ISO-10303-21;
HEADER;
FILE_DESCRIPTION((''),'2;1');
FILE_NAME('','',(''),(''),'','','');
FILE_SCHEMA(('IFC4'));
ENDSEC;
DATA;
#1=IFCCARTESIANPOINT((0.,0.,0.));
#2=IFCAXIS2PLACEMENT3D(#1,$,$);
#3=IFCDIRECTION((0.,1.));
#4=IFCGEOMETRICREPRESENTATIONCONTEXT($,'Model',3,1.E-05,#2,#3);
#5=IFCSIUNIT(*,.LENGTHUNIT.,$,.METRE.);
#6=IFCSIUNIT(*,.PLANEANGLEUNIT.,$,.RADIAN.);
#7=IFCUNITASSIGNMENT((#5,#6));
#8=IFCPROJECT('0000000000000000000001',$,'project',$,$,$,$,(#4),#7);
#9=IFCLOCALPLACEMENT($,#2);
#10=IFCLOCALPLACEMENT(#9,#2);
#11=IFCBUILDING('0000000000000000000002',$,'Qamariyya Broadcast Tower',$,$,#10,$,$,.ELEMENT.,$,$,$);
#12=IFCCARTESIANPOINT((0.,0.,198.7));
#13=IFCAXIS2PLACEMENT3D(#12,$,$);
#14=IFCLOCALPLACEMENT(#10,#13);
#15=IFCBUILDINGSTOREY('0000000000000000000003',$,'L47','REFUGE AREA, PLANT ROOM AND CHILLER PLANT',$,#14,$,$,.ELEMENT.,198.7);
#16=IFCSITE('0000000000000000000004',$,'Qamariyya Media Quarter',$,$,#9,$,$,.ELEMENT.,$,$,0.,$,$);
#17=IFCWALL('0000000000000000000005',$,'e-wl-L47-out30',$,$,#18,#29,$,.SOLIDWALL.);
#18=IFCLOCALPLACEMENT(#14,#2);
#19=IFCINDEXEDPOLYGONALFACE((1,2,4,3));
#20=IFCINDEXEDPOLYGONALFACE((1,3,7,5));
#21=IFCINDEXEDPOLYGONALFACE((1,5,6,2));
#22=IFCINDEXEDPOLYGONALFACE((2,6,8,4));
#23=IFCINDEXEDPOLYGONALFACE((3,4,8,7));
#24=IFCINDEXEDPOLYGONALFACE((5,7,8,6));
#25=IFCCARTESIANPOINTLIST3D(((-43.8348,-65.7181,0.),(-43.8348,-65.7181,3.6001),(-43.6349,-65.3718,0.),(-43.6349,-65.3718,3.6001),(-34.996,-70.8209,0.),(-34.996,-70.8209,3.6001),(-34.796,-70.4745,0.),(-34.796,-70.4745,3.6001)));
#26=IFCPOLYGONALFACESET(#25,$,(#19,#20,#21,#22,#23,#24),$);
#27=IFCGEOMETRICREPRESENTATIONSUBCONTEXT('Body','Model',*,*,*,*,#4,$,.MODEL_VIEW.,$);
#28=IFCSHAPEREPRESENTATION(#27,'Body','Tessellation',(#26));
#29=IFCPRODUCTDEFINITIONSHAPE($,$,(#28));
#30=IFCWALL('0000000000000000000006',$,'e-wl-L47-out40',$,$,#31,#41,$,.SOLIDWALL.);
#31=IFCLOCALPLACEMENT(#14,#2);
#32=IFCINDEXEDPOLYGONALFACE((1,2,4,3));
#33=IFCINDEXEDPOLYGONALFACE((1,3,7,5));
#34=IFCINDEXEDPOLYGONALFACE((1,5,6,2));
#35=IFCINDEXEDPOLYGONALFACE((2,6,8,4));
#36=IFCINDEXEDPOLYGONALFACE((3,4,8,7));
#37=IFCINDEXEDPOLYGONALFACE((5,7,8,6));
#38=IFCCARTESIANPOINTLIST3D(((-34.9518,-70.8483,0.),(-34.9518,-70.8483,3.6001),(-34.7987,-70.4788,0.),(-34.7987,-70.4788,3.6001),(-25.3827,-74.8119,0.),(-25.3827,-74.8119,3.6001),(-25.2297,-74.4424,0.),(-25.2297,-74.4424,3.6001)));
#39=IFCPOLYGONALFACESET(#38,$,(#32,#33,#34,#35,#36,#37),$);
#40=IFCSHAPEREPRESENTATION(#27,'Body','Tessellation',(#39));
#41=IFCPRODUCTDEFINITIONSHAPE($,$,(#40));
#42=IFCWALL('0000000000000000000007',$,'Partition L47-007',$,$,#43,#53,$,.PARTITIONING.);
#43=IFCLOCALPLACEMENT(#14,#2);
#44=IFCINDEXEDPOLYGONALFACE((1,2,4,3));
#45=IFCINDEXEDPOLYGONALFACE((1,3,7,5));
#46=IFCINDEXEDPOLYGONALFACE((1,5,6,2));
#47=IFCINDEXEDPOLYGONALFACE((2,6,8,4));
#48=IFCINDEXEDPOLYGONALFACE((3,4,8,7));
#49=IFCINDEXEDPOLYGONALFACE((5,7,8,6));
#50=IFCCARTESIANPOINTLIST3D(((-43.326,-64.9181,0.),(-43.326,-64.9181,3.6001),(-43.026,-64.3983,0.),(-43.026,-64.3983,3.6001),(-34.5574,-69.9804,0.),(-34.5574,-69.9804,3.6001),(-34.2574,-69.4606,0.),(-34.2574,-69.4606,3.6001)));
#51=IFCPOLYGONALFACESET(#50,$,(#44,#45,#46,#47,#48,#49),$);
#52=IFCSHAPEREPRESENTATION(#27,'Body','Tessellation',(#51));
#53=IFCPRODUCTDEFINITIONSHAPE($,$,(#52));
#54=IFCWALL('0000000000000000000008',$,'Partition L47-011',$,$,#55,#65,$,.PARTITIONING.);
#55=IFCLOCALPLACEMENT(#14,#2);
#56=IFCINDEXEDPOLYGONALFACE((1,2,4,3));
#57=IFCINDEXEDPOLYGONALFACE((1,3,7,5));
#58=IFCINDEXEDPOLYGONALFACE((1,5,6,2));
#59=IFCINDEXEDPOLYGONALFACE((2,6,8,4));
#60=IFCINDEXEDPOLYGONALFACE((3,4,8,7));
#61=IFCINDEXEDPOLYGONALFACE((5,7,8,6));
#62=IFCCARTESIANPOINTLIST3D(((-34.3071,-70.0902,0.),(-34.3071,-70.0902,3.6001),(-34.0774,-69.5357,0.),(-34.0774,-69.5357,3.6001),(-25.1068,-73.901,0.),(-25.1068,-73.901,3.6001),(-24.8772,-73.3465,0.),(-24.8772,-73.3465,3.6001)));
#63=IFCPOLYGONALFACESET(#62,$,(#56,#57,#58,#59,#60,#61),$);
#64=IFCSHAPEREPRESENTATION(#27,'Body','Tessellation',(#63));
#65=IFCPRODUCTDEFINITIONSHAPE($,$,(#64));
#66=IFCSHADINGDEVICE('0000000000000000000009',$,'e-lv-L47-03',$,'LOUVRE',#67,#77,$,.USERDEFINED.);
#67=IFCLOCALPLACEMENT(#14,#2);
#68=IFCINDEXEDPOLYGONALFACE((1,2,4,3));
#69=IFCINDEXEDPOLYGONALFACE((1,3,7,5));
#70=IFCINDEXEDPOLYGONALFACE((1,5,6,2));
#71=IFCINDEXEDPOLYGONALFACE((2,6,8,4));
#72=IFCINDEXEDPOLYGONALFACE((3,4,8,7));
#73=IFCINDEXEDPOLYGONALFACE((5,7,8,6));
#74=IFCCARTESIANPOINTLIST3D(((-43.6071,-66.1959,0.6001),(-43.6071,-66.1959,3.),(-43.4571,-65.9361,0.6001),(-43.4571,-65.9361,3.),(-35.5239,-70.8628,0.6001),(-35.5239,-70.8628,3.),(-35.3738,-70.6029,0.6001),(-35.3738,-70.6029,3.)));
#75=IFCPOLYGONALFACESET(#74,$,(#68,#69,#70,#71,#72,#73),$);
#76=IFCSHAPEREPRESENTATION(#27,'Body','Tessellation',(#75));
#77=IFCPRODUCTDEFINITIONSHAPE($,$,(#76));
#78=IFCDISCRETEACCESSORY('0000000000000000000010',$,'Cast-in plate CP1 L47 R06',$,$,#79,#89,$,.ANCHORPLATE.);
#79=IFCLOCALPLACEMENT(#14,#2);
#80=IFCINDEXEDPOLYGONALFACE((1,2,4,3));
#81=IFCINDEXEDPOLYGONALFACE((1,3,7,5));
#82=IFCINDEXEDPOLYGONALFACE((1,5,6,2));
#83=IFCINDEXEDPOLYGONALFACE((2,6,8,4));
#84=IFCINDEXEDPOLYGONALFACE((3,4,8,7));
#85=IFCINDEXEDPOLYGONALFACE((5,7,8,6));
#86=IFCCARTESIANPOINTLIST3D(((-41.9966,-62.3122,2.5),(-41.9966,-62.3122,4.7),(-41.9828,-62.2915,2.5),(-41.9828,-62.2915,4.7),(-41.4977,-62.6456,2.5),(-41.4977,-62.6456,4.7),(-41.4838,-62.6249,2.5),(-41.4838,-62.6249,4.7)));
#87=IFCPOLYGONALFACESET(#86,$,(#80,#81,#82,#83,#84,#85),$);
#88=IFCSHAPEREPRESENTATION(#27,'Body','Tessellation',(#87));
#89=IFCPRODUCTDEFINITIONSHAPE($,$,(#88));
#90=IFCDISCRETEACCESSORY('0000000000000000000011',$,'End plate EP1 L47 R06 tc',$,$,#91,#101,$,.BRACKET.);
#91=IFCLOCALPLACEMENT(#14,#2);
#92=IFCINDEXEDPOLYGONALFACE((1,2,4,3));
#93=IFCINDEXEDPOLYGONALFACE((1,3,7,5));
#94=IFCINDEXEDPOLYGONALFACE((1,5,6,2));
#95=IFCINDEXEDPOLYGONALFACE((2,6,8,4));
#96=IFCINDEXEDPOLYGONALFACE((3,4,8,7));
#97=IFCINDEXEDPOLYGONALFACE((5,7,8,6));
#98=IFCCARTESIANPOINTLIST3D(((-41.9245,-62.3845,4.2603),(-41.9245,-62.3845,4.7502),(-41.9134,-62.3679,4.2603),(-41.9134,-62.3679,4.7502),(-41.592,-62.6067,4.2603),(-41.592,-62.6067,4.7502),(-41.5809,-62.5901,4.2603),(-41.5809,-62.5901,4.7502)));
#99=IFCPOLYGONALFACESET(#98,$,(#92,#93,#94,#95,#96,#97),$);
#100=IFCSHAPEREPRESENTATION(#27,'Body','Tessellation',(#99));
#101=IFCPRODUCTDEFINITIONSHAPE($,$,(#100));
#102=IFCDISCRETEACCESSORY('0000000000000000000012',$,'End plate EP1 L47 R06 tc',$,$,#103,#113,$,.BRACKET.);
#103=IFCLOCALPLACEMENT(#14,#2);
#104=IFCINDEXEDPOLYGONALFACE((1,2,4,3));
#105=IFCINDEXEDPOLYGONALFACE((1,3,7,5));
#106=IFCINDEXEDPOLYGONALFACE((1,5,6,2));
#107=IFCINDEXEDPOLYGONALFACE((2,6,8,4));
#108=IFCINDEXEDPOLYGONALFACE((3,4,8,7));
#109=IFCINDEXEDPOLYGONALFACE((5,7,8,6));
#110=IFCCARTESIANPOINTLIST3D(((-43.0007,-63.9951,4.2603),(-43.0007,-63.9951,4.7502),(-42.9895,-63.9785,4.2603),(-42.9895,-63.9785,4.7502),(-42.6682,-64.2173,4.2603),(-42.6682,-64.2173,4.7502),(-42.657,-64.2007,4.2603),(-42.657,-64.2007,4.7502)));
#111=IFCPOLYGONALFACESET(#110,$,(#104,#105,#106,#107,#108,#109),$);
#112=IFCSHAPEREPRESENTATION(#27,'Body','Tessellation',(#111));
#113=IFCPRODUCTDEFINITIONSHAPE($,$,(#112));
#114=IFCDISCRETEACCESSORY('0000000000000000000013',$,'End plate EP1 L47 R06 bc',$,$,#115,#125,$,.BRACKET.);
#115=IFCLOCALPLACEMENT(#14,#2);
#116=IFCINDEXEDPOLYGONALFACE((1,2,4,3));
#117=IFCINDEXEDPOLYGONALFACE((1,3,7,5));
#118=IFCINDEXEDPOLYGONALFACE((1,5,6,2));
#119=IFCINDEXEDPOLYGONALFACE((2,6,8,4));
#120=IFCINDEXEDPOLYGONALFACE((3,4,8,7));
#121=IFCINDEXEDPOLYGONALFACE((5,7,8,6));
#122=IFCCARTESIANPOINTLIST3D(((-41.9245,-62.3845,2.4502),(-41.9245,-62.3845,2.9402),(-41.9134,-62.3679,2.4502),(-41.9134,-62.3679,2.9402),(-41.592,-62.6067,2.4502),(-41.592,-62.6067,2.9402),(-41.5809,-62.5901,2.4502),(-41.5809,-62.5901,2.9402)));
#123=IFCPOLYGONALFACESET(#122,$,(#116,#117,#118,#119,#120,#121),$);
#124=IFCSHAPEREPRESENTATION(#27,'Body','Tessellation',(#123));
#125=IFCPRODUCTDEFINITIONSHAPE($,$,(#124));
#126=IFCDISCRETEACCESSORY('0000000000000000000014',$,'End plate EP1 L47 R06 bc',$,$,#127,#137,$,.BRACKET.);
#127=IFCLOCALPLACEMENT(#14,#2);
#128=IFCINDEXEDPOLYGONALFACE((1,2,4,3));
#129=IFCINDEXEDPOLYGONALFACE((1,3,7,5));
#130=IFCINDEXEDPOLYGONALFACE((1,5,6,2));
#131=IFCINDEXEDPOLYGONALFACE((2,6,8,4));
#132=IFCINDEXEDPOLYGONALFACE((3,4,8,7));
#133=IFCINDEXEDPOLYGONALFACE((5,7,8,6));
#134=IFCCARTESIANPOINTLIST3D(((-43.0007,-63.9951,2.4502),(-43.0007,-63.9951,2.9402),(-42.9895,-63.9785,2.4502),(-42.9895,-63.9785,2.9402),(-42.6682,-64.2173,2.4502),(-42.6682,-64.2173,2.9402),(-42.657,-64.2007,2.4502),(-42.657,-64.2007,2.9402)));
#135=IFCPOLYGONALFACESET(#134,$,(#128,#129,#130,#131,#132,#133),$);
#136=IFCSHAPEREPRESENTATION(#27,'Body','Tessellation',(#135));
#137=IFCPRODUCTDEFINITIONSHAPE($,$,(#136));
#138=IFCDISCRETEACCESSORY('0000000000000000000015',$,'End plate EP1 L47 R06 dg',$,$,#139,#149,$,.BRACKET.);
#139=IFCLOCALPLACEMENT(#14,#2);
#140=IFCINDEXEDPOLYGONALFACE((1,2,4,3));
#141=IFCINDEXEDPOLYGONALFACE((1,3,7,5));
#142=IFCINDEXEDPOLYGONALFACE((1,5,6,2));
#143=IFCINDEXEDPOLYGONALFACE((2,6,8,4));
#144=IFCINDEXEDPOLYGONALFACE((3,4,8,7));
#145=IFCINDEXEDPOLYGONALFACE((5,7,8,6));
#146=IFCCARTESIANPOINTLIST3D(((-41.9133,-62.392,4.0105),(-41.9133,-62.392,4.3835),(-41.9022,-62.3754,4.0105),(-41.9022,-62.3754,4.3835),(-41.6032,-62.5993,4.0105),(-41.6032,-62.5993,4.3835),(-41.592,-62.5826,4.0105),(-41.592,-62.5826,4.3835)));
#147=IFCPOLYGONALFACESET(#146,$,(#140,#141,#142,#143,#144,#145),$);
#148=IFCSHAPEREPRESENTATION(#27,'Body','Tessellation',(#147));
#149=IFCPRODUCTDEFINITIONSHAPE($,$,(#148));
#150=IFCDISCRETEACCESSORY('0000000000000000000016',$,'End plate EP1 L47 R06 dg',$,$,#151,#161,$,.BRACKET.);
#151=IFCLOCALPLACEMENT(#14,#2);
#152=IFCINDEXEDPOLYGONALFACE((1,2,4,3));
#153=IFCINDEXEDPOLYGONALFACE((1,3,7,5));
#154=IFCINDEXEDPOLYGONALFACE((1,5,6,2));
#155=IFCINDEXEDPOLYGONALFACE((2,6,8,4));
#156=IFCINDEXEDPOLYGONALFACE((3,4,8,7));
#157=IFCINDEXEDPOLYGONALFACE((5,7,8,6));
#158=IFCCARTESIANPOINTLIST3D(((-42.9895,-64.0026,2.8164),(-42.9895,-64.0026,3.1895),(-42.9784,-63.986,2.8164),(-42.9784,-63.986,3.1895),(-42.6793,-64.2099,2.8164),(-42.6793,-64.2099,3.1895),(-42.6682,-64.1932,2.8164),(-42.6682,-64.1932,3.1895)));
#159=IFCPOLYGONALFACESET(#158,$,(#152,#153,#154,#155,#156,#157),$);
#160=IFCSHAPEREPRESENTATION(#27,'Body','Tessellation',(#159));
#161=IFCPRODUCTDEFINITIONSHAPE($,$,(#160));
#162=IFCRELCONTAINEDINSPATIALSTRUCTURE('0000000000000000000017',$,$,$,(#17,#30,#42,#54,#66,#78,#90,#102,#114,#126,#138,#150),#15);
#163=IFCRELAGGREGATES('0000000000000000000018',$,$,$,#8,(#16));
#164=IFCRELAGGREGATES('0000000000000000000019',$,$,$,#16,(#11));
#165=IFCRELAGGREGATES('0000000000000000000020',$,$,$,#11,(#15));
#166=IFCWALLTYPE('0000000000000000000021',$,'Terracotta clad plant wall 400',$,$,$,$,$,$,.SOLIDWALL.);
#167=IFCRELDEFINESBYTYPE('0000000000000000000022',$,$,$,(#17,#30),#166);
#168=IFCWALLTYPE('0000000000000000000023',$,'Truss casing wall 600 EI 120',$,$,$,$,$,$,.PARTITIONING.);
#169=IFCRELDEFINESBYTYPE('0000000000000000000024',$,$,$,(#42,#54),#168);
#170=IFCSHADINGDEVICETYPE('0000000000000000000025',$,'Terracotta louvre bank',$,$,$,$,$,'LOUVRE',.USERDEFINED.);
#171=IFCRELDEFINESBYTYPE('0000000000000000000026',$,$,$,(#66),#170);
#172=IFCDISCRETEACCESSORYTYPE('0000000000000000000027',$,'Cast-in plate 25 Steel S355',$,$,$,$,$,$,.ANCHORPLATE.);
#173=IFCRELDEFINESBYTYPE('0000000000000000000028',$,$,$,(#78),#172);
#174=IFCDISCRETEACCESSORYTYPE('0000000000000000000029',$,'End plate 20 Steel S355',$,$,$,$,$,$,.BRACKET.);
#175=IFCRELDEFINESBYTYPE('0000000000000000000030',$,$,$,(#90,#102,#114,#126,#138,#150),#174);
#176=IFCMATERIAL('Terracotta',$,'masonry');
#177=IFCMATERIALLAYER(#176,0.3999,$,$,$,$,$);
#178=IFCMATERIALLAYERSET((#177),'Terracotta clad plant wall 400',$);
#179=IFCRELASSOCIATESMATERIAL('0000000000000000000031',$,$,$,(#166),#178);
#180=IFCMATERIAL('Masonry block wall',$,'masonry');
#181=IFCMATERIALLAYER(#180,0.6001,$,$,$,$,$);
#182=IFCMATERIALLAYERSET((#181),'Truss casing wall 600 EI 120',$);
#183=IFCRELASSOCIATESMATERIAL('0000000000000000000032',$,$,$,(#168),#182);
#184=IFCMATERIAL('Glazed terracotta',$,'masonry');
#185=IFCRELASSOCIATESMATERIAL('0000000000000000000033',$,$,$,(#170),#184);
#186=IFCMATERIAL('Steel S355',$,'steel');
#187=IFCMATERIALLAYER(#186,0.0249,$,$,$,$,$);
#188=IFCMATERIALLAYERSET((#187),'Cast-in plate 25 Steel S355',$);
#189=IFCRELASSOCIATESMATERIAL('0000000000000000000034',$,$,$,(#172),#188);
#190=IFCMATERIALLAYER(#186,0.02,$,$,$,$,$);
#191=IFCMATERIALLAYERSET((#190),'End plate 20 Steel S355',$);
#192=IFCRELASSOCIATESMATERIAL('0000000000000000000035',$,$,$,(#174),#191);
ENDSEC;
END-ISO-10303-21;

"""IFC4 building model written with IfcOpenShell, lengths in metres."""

from ifc_helpers import new_model, si_unit, direction, frame, frame_2d, origin, origin_2d, place, context, subcontext, project, spatial, rectangle, extrude, material, layer, layer_set, type_object, element, save


model = new_model("IFC4")

# Units and contexts
model_context = context("Model", 3, precision=1e-05, world=origin(), true_north=direction((0.0, 1.0)))
body_context = subcontext(model_context, "Body", "Model", "MODEL_VIEW")
ifc_project = project(units=[si_unit("LENGTHUNIT", "METRE"), si_unit("PLANEANGLEUNIT", "RADIAN")], contexts=[model_context])

# Site, building, storey
site_placement = place(None, origin())
site = spatial("IfcSite", under=ifc_project, at=site_placement, Name="Qamariyya Media Quarter", CompositionType="ELEMENT", RefElevation=0.0)
building_placement = place(site_placement, origin())
building = spatial("IfcBuilding", under=site, at=building_placement, Name="Qamariyya Broadcast Tower", CompositionType="ELEMENT")
storey_placement = place(building_placement, frame((0.0, 0.0, 198.7)))
storey = spatial("IfcBuildingStorey", under=building, at=storey_placement, Name="L47", Description="REFUGE AREA, PLANT ROOM AND CHILLER PLANT", CompositionType="ELEMENT", Elevation=198.7)

# Shared definitions
ifc_material_1 = material(Name="Steel S355", Category="steel")

# Walls
ifc_material_2 = material(Name="Terracotta", Category="masonry")
ifc_layer_1 = layer(ifc_material_2, 0.3999)
ifc_layer_set_1 = layer_set([ifc_layer_1], Name="Terracotta clad plant wall 400")
wall_type_1 = type_object("IfcWallType", Name="Terracotta clad plant wall 400", PredefinedType="SOLIDWALL", material=ifc_layer_set_1)
wall_1_placement = place(storey_placement, frame((-43.7349, -65.5449, 0.0), z_axis=(0.0, 0.0, 1.0), x_axis=(0.86604, -0.499975, 0.0)))
element("IfcWall", 1, at=wall_1_placement, inside=storey, type_object=wall_type_1, Name="e-wl-L47-out30", PredefinedType="SOLIDWALL", context=body_context, shape_type="SweptSolid", body=[
    extrude(rectangle(XDim=10.2061, YDim=0.3999, at=frame_2d((5.103, 0.0))), origin(), (0.0, 0.0, 1.0), 3.6001),
])
wall_2_placement = place(storey_placement, frame((-34.8752, -70.6636, 0.0), z_axis=(0.0, 0.0, 1.0), x_axis=(0.92388, -0.382681, 0.0)))
element("IfcWall", 2, at=wall_2_placement, inside=storey, type_object=wall_type_1, Name="e-wl-L47-out40", PredefinedType="SOLIDWALL", context=body_context, shape_type="SweptSolid", body=[
    extrude(rectangle(XDim=10.3574, YDim=0.3999, at=frame_2d((5.1787, 0.0))), origin(), (0.0, 0.0, 1.0), 3.6001),
])
ifc_material_3 = material(Name="Masonry block wall", Category="masonry")
ifc_layer_2 = layer(ifc_material_3, 0.6001)
ifc_layer_set_2 = layer_set([ifc_layer_2], Name="Truss casing wall 600 EI 120")
wall_type_2 = type_object("IfcWallType", Name="Truss casing wall 600 EI 120", PredefinedType="PARTITIONING", material=ifc_layer_set_2)
wall_3_placement = place(storey_placement, frame((-43.176, -64.6582, 0.0), z_axis=(0.0, 0.0, 1.0), x_axis=(0.866037, -0.49998, 0.0)))
element("IfcWall", 3, at=wall_3_placement, inside=storey, type_object=wall_type_2, Name="Partition L47-007", PredefinedType="PARTITIONING", context=body_context, shape_type="SweptSolid", body=[
    extrude(rectangle(XDim=10.125, YDim=0.6001, at=frame_2d((5.0625, 0.0))), origin(), (0.0, 0.0, 1.0), 3.6001),
])
wall_4_placement = place(storey_placement, frame((-34.1921, -69.813, 0.0), z_axis=(0.0, 0.0, 1.0), x_axis=(0.923881, -0.382679, 0.0)))
element("IfcWall", 4, at=wall_4_placement, inside=storey, type_object=wall_type_2, Name="Partition L47-011", PredefinedType="PARTITIONING", context=body_context, shape_type="SweptSolid", body=[
    extrude(rectangle(XDim=9.9583, YDim=0.6001, at=frame_2d((4.979, 0.0))), origin(), (0.0, 0.0, 1.0), 3.6001),
])

# Shading device
ifc_material_4 = material(Name="Glazed terracotta", Category="masonry")
shading_device_type = type_object("IfcShadingDeviceType", Name="Terracotta louvre bank", ElementType="LOUVRE", PredefinedType="USERDEFINED", material=ifc_material_4)
shading_device_placement = place(storey_placement, frame((-39.4905, -68.3994, 0.6001), z_axis=(0.0, 0.0, 1.0), x_axis=(0.866025, -0.5, 0.0)))
element("IfcShadingDevice", 5, at=shading_device_placement, inside=storey, type_object=shading_device_type, Name="e-lv-L47-03", ObjectType="LOUVRE", PredefinedType="USERDEFINED", context=body_context, shape_type="SweptSolid", body=[
    extrude(rectangle(XDim=9.3337, YDim=0.3, at=origin_2d()), origin(), (0.0, 0.0, 1.0), 2.3999),
])

# Discrete accessories
ifc_layer_3 = layer(ifc_material_1, 0.0249)
ifc_layer_set_3 = layer_set([ifc_layer_3], Name="Cast-in plate 25 Steel S355")
discrete_accessory_type_1 = type_object("IfcDiscreteAccessoryType", Name="Cast-in plate 25 Steel S355", PredefinedType="ANCHORPLATE", material=ifc_layer_set_3)
discrete_accessory_placement = place(storey_placement, frame((-41.7402, -62.4685, 2.5), z_axis=(0.0, 0.0, 1.0), x_axis=(-0.83147, 0.55557, 0.0)))
element("IfcDiscreteAccessory", 6, at=discrete_accessory_placement, inside=storey, type_object=discrete_accessory_type_1, Name="Cast-in plate CP1 L47 R06", PredefinedType="ANCHORPLATE", context=body_context, shape_type="SweptSolid", body=[
    extrude(rectangle(XDim=0.6001, YDim=0.0249, at=origin_2d()), origin(), (0.0, 0.0, 1.0), 2.2),
])
ifc_layer_4 = layer(ifc_material_1, 0.02)
ifc_layer_set_4 = layer_set([ifc_layer_4], Name="End plate 20 Steel S355")
discrete_accessory_type_2 = type_object("IfcDiscreteAccessoryType", Name="End plate 20 Steel S355", PredefinedType="BRACKET", material=ifc_layer_set_4)
for number, where, z_axis, x_axis, name in (
    (7, (-41.7527, -62.4873, 4.2603), (0.0, 0.0, 1.0), (-0.83147, 0.55557, 0.0), "End plate EP1 L47 R06 tc"),
    (8, (-42.8289, -64.0979, 4.2603), (0.0, 0.0, 1.0), (-0.83147, 0.55557, 0.0), "End plate EP1 L47 R06 tc"),
    (9, (-41.7527, -62.4873, 2.4502), (0.0, 0.0, 1.0), (-0.83147, 0.55557, 0.0), "End plate EP1 L47 R06 bc"),
    (10, (-42.8289, -64.0979, 2.4502), (0.0, 0.0, 1.0), (-0.83147, 0.55557, 0.0), "End plate EP1 L47 R06 bc"),
):
    element("IfcDiscreteAccessory", number, at=place(storey_placement, frame(where, z_axis=z_axis, x_axis=x_axis)), inside=storey, type_object=discrete_accessory_type_2, Name=name, PredefinedType="BRACKET", context=body_context, shape_type="SweptSolid", body=[
        extrude(rectangle(XDim=0.3999, YDim=0.02, at=origin_2d()), origin(), (0.0, 0.0, 1.0), 0.49),
    ])
for number, where, z_axis, x_axis, name in (
    (11, (-41.7527, -62.4873, 4.0105), (0.0, 0.0, 1.0), (-0.83147, 0.55557, 0.0), "End plate EP1 L47 R06 dg"),
    (12, (-42.8289, -64.0979, 2.8164), (0.0, 0.0, 1.0), (-0.83147, 0.55557, 0.0), "End plate EP1 L47 R06 dg"),
):
    element("IfcDiscreteAccessory", number, at=place(storey_placement, frame(where, z_axis=z_axis, x_axis=x_axis)), inside=storey, type_object=discrete_accessory_type_2, Name=name, PredefinedType="BRACKET", context=body_context, shape_type="SweptSolid", body=[
        extrude(rectangle(XDim=0.373, YDim=0.02, at=origin_2d()), origin(), (0.0, 0.0, 1.0), 0.373),
    ])

save(model, "model.ifc")
